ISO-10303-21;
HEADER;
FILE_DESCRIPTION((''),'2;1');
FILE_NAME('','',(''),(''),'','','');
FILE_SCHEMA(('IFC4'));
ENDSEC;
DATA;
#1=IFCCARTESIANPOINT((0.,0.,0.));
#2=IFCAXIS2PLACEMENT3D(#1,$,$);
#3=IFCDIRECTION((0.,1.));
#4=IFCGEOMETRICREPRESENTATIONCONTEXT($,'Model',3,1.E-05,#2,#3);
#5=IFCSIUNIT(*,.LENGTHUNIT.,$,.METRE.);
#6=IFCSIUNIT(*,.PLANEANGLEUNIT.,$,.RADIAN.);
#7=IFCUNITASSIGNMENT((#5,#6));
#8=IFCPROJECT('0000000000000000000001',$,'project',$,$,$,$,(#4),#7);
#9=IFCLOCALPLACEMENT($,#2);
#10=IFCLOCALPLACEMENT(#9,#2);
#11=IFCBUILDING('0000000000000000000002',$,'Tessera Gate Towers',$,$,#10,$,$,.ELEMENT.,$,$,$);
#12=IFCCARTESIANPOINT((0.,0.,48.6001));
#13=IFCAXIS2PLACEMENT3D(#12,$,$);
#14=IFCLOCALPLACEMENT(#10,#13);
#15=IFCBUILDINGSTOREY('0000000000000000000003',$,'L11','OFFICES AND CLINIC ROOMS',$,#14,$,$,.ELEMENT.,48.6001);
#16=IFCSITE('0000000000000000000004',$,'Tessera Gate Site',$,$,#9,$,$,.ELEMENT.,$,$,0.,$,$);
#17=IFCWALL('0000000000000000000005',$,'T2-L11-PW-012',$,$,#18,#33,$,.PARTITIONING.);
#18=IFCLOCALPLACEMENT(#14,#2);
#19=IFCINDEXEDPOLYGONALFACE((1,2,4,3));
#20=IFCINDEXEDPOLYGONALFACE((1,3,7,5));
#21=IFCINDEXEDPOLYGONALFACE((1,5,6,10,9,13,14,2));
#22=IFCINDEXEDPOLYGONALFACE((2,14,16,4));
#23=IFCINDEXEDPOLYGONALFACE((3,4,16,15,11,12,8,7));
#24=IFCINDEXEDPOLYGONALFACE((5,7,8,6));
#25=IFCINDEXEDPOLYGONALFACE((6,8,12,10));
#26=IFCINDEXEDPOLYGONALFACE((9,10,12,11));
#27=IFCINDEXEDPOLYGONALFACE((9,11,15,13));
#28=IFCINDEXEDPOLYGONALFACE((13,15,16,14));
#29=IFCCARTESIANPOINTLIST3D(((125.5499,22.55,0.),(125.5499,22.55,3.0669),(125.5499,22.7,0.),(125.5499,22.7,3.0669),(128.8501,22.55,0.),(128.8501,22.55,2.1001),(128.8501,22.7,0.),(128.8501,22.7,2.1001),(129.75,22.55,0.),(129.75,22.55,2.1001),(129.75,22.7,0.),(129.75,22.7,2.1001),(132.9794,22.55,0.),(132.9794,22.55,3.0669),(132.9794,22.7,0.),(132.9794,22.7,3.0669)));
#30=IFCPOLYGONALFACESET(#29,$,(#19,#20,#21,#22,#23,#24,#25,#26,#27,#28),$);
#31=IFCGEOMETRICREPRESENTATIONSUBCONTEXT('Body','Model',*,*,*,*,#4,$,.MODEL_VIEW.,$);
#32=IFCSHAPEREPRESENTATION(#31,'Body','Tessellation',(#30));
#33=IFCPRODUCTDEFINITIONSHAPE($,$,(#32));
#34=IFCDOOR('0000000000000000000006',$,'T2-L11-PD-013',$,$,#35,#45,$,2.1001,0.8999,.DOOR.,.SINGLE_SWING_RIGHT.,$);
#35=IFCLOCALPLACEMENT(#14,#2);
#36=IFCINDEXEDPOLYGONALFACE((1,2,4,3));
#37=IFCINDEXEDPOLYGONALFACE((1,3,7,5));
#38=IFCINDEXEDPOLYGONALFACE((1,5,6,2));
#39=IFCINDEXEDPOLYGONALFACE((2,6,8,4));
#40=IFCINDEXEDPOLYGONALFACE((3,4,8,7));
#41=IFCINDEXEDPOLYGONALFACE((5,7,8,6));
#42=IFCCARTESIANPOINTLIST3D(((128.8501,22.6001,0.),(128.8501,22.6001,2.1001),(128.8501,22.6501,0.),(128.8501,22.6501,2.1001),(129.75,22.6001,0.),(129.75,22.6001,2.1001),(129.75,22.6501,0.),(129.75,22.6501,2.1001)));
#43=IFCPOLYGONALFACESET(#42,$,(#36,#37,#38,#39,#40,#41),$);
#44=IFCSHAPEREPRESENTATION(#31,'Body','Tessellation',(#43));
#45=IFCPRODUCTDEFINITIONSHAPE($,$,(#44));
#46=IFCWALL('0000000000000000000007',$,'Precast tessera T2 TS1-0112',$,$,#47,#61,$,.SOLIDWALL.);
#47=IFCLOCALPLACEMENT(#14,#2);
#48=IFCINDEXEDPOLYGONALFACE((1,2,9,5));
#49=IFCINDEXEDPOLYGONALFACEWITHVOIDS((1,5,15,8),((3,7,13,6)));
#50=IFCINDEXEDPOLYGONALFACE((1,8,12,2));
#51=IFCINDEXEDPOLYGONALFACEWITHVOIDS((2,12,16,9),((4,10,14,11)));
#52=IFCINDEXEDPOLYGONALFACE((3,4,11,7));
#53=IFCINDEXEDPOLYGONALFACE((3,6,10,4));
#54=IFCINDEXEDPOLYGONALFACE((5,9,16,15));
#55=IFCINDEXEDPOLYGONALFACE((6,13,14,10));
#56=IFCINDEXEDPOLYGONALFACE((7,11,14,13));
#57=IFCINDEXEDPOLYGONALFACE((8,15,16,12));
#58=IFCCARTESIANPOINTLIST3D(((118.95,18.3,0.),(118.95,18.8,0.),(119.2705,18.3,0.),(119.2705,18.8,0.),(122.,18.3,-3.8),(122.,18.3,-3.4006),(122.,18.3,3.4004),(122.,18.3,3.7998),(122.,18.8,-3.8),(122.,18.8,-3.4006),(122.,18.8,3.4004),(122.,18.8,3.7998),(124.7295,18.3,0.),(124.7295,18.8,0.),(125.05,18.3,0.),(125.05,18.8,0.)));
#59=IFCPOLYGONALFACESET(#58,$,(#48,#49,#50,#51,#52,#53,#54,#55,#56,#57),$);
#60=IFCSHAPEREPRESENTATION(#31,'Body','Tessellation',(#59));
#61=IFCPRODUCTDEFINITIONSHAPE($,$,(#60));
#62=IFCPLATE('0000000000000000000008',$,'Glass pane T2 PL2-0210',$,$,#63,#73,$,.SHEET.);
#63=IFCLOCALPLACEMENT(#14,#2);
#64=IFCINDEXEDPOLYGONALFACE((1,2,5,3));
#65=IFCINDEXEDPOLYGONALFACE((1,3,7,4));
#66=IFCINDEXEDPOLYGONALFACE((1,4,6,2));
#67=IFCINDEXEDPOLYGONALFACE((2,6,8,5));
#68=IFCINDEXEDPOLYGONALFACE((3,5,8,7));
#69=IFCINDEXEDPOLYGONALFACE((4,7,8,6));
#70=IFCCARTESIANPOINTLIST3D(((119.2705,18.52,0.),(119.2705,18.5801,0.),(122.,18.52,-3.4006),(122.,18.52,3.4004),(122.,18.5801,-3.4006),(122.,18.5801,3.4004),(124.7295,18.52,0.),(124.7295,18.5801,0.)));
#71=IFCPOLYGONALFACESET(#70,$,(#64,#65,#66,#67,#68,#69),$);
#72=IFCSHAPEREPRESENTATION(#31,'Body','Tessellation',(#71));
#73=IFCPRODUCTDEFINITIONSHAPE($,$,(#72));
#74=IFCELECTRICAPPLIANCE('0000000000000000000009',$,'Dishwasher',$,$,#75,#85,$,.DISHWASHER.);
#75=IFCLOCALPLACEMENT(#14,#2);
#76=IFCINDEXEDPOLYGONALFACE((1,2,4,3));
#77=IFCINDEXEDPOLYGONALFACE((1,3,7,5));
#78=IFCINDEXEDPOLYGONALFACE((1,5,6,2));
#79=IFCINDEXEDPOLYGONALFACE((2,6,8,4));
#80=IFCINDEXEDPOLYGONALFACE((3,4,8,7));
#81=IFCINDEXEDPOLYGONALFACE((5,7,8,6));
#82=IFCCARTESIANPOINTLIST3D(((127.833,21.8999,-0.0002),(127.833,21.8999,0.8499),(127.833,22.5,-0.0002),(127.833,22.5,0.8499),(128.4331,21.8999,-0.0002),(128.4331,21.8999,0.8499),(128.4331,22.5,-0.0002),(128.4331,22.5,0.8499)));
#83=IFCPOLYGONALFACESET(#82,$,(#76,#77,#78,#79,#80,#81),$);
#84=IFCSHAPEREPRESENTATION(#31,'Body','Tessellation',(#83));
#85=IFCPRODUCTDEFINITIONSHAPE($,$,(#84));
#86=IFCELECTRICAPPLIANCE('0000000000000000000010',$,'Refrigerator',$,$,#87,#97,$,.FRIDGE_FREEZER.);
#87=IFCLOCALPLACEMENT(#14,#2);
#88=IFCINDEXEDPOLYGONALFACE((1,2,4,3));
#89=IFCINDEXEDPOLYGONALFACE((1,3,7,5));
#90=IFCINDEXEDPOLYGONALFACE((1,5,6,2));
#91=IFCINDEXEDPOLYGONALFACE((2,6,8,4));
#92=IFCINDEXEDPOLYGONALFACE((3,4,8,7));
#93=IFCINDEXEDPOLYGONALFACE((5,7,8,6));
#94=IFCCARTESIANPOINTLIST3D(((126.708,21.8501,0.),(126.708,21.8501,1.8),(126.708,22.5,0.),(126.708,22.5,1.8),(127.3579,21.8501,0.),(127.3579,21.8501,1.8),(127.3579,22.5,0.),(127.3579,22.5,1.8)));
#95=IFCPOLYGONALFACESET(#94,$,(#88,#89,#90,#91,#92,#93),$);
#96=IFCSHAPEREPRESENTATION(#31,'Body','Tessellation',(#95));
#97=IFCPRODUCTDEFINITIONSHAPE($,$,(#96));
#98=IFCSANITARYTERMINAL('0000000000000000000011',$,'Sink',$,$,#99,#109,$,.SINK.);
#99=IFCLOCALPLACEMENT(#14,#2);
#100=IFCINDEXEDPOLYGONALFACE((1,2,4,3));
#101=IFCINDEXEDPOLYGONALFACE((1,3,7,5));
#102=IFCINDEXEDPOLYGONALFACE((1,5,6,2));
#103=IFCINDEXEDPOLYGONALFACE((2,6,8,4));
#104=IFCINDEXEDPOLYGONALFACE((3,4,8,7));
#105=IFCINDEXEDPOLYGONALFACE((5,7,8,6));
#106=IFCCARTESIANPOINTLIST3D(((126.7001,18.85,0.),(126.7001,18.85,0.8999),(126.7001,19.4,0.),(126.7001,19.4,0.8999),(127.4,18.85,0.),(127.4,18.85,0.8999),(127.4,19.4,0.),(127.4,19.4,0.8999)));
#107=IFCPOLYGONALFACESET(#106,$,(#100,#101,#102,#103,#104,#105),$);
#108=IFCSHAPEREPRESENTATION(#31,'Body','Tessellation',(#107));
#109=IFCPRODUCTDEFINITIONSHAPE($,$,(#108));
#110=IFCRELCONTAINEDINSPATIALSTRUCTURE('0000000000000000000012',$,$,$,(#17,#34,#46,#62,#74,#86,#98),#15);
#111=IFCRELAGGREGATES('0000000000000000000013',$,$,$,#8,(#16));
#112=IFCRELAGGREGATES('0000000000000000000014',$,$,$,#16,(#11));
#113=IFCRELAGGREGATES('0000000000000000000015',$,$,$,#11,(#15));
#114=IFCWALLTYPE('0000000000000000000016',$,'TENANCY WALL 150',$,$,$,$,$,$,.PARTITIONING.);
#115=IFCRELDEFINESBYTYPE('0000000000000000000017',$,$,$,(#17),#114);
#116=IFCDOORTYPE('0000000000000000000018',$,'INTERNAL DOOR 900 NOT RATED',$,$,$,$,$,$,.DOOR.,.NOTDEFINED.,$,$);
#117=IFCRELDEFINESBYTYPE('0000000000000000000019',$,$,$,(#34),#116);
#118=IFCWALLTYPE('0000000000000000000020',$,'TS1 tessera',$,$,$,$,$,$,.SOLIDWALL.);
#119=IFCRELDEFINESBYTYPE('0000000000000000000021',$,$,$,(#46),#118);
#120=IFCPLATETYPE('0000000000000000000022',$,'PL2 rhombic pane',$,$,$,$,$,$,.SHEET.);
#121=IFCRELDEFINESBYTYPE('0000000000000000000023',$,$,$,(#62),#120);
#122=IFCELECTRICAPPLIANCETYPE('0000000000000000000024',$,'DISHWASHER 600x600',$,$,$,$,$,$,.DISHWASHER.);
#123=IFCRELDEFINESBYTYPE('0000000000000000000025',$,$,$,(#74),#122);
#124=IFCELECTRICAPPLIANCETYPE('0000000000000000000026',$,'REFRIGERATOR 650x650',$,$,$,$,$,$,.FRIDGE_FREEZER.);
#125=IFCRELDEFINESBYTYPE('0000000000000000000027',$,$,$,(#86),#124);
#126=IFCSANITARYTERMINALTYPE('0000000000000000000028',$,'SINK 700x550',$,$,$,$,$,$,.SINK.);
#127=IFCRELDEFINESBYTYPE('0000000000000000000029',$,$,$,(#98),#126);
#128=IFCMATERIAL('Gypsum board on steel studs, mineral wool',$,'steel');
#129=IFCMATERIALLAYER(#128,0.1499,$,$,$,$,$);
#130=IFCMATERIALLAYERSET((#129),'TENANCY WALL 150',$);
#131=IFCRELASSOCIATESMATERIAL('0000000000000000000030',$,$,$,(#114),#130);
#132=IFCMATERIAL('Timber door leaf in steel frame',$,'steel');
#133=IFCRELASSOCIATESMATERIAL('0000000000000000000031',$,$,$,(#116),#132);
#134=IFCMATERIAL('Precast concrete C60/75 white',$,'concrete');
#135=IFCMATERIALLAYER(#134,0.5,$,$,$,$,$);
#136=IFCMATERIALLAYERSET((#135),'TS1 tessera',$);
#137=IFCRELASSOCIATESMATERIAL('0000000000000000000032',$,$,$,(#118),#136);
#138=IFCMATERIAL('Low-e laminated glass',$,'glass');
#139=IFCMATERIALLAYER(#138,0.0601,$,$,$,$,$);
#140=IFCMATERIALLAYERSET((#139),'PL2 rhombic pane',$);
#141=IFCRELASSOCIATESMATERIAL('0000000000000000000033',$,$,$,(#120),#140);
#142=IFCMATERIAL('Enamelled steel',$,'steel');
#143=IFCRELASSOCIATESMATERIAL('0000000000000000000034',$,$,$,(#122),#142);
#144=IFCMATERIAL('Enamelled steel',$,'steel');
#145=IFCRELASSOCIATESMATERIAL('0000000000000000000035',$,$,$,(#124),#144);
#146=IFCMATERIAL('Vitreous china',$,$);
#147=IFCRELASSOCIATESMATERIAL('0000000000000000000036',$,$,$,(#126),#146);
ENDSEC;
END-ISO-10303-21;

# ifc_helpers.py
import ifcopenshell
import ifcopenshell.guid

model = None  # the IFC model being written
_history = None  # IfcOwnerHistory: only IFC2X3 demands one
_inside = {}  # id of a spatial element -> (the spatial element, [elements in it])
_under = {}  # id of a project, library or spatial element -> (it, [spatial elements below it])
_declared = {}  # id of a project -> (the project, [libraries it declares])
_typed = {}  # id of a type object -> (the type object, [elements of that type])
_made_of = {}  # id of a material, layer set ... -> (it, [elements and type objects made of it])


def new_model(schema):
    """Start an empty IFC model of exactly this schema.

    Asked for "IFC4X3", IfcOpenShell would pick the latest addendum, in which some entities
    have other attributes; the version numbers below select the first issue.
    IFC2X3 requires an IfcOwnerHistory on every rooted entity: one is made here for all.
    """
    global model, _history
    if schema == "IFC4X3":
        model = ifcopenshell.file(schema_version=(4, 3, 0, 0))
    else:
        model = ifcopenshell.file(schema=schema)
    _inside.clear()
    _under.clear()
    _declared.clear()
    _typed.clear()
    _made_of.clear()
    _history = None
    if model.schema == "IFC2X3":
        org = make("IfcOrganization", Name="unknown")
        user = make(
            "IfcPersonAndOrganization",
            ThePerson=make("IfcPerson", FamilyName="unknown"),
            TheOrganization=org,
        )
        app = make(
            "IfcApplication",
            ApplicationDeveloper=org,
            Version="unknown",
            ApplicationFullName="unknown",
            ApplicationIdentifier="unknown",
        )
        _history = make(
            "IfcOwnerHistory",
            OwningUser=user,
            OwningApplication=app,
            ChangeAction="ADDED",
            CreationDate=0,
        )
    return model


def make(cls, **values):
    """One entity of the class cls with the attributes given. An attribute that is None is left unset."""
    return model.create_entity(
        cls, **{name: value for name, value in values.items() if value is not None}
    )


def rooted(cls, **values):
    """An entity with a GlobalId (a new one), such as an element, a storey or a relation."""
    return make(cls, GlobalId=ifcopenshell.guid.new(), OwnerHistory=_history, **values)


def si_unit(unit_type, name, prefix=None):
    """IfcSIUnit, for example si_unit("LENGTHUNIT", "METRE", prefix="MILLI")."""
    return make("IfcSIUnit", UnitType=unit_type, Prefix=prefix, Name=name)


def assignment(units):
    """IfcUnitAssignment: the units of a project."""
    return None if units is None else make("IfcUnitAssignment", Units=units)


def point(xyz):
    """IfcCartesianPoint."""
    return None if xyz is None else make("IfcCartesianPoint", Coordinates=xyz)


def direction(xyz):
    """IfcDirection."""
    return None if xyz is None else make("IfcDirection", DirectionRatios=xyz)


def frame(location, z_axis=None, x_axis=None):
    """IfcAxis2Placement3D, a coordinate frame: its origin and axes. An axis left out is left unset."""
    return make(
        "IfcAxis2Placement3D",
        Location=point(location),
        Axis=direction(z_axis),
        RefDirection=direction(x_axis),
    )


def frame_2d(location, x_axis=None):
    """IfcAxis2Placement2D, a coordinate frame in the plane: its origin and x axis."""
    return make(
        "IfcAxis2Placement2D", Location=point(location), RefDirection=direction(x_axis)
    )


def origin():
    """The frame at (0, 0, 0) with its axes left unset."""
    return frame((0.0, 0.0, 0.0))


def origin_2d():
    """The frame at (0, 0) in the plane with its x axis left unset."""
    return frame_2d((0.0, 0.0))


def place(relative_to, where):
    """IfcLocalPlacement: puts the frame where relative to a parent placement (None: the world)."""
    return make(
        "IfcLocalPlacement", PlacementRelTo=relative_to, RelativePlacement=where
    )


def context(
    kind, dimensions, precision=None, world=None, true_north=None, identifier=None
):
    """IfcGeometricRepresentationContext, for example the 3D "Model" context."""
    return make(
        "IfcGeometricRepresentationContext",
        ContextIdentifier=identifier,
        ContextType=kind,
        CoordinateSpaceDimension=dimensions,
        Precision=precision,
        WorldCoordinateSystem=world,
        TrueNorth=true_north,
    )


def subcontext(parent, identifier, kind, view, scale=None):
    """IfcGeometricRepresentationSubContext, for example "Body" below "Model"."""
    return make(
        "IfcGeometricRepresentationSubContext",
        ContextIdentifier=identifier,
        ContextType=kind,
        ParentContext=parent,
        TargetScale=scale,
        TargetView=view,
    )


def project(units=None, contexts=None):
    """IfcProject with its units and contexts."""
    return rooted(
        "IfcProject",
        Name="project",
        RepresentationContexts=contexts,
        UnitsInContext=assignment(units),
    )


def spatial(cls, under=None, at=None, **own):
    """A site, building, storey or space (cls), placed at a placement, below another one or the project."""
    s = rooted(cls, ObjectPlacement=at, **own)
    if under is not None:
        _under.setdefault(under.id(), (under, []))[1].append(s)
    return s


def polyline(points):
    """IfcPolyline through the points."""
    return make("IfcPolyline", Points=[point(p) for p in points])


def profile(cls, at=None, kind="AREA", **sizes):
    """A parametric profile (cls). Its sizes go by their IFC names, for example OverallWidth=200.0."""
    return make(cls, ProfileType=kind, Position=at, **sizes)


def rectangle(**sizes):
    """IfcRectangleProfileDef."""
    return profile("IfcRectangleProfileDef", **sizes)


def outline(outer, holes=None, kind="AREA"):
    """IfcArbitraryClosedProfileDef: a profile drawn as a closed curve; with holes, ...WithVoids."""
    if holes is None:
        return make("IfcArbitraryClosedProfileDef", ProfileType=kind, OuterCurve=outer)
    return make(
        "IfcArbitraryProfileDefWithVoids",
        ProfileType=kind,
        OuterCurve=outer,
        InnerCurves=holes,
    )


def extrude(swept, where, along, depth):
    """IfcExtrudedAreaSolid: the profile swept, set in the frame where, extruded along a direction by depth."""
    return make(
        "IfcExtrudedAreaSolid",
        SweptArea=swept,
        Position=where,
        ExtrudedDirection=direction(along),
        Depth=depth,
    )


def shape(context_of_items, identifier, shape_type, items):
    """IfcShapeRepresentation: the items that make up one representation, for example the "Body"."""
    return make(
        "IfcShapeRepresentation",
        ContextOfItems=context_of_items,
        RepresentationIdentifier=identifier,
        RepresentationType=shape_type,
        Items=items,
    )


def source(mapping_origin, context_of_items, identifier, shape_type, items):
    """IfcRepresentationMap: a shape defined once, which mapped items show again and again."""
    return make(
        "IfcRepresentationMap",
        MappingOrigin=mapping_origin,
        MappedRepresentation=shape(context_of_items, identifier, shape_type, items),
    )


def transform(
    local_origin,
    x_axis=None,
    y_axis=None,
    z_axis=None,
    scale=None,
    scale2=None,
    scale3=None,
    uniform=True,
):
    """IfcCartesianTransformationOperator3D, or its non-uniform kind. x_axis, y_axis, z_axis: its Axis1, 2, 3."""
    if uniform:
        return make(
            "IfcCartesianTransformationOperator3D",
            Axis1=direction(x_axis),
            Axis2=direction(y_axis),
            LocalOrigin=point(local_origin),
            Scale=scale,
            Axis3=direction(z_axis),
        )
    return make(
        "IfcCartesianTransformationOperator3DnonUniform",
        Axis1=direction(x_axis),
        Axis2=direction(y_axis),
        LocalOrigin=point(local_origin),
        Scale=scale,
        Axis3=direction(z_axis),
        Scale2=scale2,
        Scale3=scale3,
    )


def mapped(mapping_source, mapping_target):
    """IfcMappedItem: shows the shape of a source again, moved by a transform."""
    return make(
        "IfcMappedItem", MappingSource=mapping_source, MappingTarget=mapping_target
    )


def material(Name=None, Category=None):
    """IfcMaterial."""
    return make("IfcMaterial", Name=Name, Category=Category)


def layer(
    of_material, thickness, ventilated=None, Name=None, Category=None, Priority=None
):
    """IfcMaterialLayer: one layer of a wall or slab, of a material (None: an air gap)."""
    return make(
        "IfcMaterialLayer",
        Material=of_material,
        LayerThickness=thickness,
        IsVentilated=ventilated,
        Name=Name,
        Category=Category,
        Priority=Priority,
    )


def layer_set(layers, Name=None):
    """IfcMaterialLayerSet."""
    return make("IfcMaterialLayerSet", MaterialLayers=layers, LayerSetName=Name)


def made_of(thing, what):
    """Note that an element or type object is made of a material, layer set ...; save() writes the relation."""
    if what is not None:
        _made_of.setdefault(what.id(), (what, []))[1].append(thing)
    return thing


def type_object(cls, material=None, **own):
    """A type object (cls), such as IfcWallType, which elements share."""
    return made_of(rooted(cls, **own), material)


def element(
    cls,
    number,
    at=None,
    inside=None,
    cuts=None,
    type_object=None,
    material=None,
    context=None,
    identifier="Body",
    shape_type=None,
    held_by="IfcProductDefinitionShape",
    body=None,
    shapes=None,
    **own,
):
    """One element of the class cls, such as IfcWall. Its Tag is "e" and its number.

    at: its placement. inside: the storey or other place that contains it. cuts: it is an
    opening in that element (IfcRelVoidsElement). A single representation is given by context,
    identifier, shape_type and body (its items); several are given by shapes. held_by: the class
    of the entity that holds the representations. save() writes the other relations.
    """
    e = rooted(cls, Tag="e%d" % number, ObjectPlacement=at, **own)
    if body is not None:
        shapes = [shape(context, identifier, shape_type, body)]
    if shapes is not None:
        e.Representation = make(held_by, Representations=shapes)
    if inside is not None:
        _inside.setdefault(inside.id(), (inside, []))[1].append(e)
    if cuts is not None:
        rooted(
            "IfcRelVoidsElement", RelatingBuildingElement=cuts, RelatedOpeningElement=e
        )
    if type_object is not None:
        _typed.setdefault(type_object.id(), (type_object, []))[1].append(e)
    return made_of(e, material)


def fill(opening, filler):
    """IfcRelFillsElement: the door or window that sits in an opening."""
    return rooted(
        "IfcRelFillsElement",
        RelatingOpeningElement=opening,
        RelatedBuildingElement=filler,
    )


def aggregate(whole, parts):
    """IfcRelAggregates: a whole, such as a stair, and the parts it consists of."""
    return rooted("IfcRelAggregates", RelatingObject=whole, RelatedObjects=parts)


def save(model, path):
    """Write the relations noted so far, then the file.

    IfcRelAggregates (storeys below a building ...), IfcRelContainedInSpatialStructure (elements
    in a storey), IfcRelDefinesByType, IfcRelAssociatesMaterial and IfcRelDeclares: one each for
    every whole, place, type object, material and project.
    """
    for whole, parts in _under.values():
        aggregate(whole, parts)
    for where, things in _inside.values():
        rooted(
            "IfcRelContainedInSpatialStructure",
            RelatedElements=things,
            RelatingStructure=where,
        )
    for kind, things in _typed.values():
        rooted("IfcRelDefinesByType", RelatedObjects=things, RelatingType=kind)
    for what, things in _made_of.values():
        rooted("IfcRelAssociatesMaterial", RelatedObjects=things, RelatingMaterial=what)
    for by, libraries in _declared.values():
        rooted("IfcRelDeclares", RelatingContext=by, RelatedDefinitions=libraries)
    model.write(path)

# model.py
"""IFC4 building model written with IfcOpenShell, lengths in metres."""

from ifc_helpers import new_model, si_unit, direction, frame, frame_2d, origin, origin_2d, place, context, subcontext, project, spatial, polyline, rectangle, outline, extrude, source, transform, mapped, material, layer, layer_set, type_object, element, fill, save


model = new_model("IFC4")

# Units and contexts
model_context = context("Model", 3, precision=1e-05, world=origin(), true_north=direction((0.0, 1.0)))
body_context = subcontext(model_context, "Body", "Model", "MODEL_VIEW")
ifc_project = project(units=[si_unit("LENGTHUNIT", "METRE"), si_unit("PLANEANGLEUNIT", "RADIAN")], contexts=[model_context])

# Site, building, storey
site_placement = place(None, origin())
site = spatial("IfcSite", under=ifc_project, at=site_placement, Name="Tessera Gate Site", CompositionType="ELEMENT", RefElevation=0.0)
building_placement = place(site_placement, origin())
building = spatial("IfcBuilding", under=site, at=building_placement, Name="Tessera Gate Towers", CompositionType="ELEMENT")
storey_placement = place(building_placement, frame((0.0, 0.0, 48.6001)))
storey = spatial("IfcBuildingStorey", under=building, at=storey_placement, Name="L11", Description="OFFICES AND CLINIC ROOMS", CompositionType="ELEMENT", Elevation=48.6001)

# Shared definitions
shared_shape_1 = source(origin(), body_context, "Body", "SweptSolid", [
    extrude(rectangle(XDim=0.8999, YDim=2.1001, at=frame_2d((0.45, 1.05))), frame((0.0, 0.0249, 0.0), z_axis=(0.0, -1.0, 0.0), x_axis=(1.0, 0.0, 0.0)), (0.0, 0.0, 1.0), 0.05),
])

# Shared definitions
ifc_material_1 = material(Name="Gypsum board on steel studs, mineral wool", Category="steel")
ifc_layer_1 = layer(ifc_material_1, 0.1499)
ifc_layer_set_1 = layer_set([ifc_layer_1], Name="TENANCY WALL 150")
wall_type_1 = type_object("IfcWallType", Name="TENANCY WALL 150", PredefinedType="PARTITIONING", material=ifc_layer_set_1)

# Wall, opening, door
wall_1_placement = place(storey_placement, frame((132.9795, 22.625, 0.0), z_axis=(0.0, 0.0, 1.0), x_axis=(-1.0, 0.0, 0.0)))
wall_1 = element("IfcWall", 1, at=wall_1_placement, inside=storey, type_object=wall_type_1, Name="T2-L11-PW-012", PredefinedType="PARTITIONING", context=body_context, shape_type="SweptSolid", body=[
    extrude(rectangle(XDim=7.4294, YDim=0.1499, at=frame_2d((3.7148, 0.0))), origin(), (0.0, 0.0, 1.0), 3.0669),
])
shared_shape_2 = source(origin(), body_context, "Body", "SweptSolid", [
    extrude(rectangle(XDim=0.8999, YDim=2.1001, at=frame_2d((0.45, 1.05))), frame((0.0, 0.085, 0.0), z_axis=(0.0, -1.0, 0.0), x_axis=(1.0, 0.0, 0.0)), (0.0, 0.0, 1.0), 0.1699),
])
opening_1_placement = place(wall_1_placement, frame((3.2295, 0.0, 0.0)))
opening_1 = element("IfcOpeningElement", 2, at=opening_1_placement, cuts=wall_1, PredefinedType="OPENING", context=body_context, shape_type="MappedRepresentation", body=[
    mapped(shared_shape_2, transform((0.0, 0.0, 0.0), scale=1.0)),
])
ifc_material_2 = material(Name="Timber door leaf in steel frame", Category="steel")
door_type_1 = type_object("IfcDoorType", Name="INTERNAL DOOR 900 NOT RATED", OperationType="NOTDEFINED", PredefinedType="DOOR", material=ifc_material_2)
door_1_placement = place(opening_1_placement, origin())
door_1 = element("IfcDoor", 3, at=door_1_placement, inside=storey, type_object=door_type_1, Name="T2-L11-PD-013", OperationType="SINGLE_SWING_RIGHT", OverallHeight=2.1001, OverallWidth=0.8999, PredefinedType="DOOR", context=body_context, shape_type="MappedRepresentation", body=[
    mapped(shared_shape_1, transform((0.0, 0.0, 0.0), scale=1.0)),
])
fill(opening_1, door_1)

# Wall, opening, plate
ifc_material_3 = material(Name="Precast concrete C60/75 white", Category="concrete")
ifc_layer_2 = layer(ifc_material_3, 0.5)
ifc_layer_set_2 = layer_set([ifc_layer_2], Name="TS1 tessera")
wall_type_2 = type_object("IfcWallType", Name="TS1 tessera", PredefinedType="SOLIDWALL", material=ifc_layer_set_2)
shared_shape_3 = source(origin(), body_context, "Body", "SweptSolid", [
    extrude(outline(polyline([(3.05, 0.0), (6.1001, 3.8), (3.05, 7.5999), (0.0, 3.8), (3.05, 0.0)])), frame((0.0, 0.25, 0.0), z_axis=(0.0, -1.0, 0.0), x_axis=(1.0, 0.0, 0.0)), (0.0, 0.0, 1.0), 0.5),
])
wall_2_placement = place(storey_placement, frame((118.95, 18.55, -3.8), z_axis=(0.0, 0.0, 1.0), x_axis=(1.0, 0.0, 0.0)))
wall_2 = element("IfcWall", 4, at=wall_2_placement, inside=storey, type_object=wall_type_2, Name="Precast tessera T2 TS1-0112", PredefinedType="SOLIDWALL", context=body_context, shape_type="MappedRepresentation", body=[
    mapped(shared_shape_3, transform((0.0, 0.0, 0.0), scale=1.0)),
])
shared_shape_4 = source(origin(), body_context, "Body", "SweptSolid", [
    extrude(outline(polyline([(3.05, 0.3994), (5.7795, 3.8), (3.05, 7.2004), (0.3206, 3.8), (3.05, 0.3994)])), frame((0.0, 0.26, 0.0), z_axis=(0.0, -1.0, 0.0), x_axis=(1.0, 0.0, 0.0)), (0.0, 0.0, 1.0), 0.52),
])
opening_2_placement = place(wall_2_placement, origin())
opening_2 = element("IfcOpeningElement", 5, at=opening_2_placement, cuts=wall_2, PredefinedType="OPENING", context=body_context, shape_type="MappedRepresentation", body=[
    mapped(shared_shape_4, transform((0.0, 0.0, 0.0), scale=1.0)),
])
ifc_material_4 = material(Name="Low-e laminated glass", Category="glass")
ifc_layer_3 = layer(ifc_material_4, 0.0601)
ifc_layer_set_3 = layer_set([ifc_layer_3], Name="PL2 rhombic pane")
plate_type = type_object("IfcPlateType", Name="PL2 rhombic pane", PredefinedType="SHEET", material=ifc_layer_set_3)
shared_shape_5 = source(origin(), body_context, "Body", "SweptSolid", [
    extrude(outline(polyline([(3.05, 0.3994), (5.7795, 3.8), (3.05, 7.2004), (0.3206, 3.8), (3.05, 0.3994)])), frame((0.0, 0.03, 0.0), z_axis=(0.0, -1.0, 0.0), x_axis=(1.0, 0.0, 0.0)), (0.0, 0.0, 1.0), 0.0601),
])
plate_placement = place(opening_2_placement, origin())
plate = element("IfcPlate", 6, at=plate_placement, inside=storey, type_object=plate_type, Name="Glass pane T2 PL2-0210", PredefinedType="SHEET", context=body_context, shape_type="MappedRepresentation", body=[
    mapped(shared_shape_5, transform((0.0, 0.0, 0.0), scale=1.0)),
])
fill(opening_2, plate)

# Electric appliances
ifc_material_5 = material(Name="Enamelled steel", Category="steel")
electric_appliance_type_1 = type_object("IfcElectricApplianceType", Name="DISHWASHER 600x600", PredefinedType="DISHWASHER", material=ifc_material_5)
electric_appliance_1_placement = place(storey_placement, frame((128.1331, 22.2, -0.0002), z_axis=(0.0, 0.0, 1.0), x_axis=(1.0, 0.0, 0.0)))
element("IfcElectricAppliance", 7, at=electric_appliance_1_placement, inside=storey, type_object=electric_appliance_type_1, Name="Dishwasher", PredefinedType="DISHWASHER", context=body_context, shape_type="SweptSolid", body=[
    extrude(rectangle(XDim=0.6001, YDim=0.6001, at=origin_2d()), origin(), (0.0, 0.0, 1.0), 0.8501),
])
ifc_material_6 = material(Name="Enamelled steel", Category="steel")
electric_appliance_type_2 = type_object("IfcElectricApplianceType", Name="REFRIGERATOR 650x650", PredefinedType="FRIDGE_FREEZER", material=ifc_material_6)
electric_appliance_2_placement = place(storey_placement, frame((127.033, 22.175, 0.0), z_axis=(0.0, 0.0, 1.0), x_axis=(1.0, 0.0, 0.0)))
element("IfcElectricAppliance", 8, at=electric_appliance_2_placement, inside=storey, type_object=electric_appliance_type_2, Name="Refrigerator", PredefinedType="FRIDGE_FREEZER", context=body_context, shape_type="SweptSolid", body=[
    extrude(rectangle(XDim=0.6499, YDim=0.6499, at=origin_2d()), origin(), (0.0, 0.0, 1.0), 1.8),
])

# Sanitary terminal
ifc_material_7 = material(Name="Vitreous china")
sanitary_terminal_type = type_object("IfcSanitaryTerminalType", Name="SINK 700x550", PredefinedType="SINK", material=ifc_material_7)
sanitary_terminal_placement = place(storey_placement, frame((127.05, 19.125, 0.0), z_axis=(0.0, 0.0, 1.0), x_axis=(1.0, 0.0, 0.0)))
element("IfcSanitaryTerminal", 9, at=sanitary_terminal_placement, inside=storey, type_object=sanitary_terminal_type, Name="Sink", PredefinedType="SINK", context=body_context, shape_type="SweptSolid", body=[
    extrude(rectangle(XDim=0.7, YDim=0.55, at=origin_2d()), origin(), (0.0, 0.0, 1.0), 0.8999),
])

save(model, "model.ifc")
